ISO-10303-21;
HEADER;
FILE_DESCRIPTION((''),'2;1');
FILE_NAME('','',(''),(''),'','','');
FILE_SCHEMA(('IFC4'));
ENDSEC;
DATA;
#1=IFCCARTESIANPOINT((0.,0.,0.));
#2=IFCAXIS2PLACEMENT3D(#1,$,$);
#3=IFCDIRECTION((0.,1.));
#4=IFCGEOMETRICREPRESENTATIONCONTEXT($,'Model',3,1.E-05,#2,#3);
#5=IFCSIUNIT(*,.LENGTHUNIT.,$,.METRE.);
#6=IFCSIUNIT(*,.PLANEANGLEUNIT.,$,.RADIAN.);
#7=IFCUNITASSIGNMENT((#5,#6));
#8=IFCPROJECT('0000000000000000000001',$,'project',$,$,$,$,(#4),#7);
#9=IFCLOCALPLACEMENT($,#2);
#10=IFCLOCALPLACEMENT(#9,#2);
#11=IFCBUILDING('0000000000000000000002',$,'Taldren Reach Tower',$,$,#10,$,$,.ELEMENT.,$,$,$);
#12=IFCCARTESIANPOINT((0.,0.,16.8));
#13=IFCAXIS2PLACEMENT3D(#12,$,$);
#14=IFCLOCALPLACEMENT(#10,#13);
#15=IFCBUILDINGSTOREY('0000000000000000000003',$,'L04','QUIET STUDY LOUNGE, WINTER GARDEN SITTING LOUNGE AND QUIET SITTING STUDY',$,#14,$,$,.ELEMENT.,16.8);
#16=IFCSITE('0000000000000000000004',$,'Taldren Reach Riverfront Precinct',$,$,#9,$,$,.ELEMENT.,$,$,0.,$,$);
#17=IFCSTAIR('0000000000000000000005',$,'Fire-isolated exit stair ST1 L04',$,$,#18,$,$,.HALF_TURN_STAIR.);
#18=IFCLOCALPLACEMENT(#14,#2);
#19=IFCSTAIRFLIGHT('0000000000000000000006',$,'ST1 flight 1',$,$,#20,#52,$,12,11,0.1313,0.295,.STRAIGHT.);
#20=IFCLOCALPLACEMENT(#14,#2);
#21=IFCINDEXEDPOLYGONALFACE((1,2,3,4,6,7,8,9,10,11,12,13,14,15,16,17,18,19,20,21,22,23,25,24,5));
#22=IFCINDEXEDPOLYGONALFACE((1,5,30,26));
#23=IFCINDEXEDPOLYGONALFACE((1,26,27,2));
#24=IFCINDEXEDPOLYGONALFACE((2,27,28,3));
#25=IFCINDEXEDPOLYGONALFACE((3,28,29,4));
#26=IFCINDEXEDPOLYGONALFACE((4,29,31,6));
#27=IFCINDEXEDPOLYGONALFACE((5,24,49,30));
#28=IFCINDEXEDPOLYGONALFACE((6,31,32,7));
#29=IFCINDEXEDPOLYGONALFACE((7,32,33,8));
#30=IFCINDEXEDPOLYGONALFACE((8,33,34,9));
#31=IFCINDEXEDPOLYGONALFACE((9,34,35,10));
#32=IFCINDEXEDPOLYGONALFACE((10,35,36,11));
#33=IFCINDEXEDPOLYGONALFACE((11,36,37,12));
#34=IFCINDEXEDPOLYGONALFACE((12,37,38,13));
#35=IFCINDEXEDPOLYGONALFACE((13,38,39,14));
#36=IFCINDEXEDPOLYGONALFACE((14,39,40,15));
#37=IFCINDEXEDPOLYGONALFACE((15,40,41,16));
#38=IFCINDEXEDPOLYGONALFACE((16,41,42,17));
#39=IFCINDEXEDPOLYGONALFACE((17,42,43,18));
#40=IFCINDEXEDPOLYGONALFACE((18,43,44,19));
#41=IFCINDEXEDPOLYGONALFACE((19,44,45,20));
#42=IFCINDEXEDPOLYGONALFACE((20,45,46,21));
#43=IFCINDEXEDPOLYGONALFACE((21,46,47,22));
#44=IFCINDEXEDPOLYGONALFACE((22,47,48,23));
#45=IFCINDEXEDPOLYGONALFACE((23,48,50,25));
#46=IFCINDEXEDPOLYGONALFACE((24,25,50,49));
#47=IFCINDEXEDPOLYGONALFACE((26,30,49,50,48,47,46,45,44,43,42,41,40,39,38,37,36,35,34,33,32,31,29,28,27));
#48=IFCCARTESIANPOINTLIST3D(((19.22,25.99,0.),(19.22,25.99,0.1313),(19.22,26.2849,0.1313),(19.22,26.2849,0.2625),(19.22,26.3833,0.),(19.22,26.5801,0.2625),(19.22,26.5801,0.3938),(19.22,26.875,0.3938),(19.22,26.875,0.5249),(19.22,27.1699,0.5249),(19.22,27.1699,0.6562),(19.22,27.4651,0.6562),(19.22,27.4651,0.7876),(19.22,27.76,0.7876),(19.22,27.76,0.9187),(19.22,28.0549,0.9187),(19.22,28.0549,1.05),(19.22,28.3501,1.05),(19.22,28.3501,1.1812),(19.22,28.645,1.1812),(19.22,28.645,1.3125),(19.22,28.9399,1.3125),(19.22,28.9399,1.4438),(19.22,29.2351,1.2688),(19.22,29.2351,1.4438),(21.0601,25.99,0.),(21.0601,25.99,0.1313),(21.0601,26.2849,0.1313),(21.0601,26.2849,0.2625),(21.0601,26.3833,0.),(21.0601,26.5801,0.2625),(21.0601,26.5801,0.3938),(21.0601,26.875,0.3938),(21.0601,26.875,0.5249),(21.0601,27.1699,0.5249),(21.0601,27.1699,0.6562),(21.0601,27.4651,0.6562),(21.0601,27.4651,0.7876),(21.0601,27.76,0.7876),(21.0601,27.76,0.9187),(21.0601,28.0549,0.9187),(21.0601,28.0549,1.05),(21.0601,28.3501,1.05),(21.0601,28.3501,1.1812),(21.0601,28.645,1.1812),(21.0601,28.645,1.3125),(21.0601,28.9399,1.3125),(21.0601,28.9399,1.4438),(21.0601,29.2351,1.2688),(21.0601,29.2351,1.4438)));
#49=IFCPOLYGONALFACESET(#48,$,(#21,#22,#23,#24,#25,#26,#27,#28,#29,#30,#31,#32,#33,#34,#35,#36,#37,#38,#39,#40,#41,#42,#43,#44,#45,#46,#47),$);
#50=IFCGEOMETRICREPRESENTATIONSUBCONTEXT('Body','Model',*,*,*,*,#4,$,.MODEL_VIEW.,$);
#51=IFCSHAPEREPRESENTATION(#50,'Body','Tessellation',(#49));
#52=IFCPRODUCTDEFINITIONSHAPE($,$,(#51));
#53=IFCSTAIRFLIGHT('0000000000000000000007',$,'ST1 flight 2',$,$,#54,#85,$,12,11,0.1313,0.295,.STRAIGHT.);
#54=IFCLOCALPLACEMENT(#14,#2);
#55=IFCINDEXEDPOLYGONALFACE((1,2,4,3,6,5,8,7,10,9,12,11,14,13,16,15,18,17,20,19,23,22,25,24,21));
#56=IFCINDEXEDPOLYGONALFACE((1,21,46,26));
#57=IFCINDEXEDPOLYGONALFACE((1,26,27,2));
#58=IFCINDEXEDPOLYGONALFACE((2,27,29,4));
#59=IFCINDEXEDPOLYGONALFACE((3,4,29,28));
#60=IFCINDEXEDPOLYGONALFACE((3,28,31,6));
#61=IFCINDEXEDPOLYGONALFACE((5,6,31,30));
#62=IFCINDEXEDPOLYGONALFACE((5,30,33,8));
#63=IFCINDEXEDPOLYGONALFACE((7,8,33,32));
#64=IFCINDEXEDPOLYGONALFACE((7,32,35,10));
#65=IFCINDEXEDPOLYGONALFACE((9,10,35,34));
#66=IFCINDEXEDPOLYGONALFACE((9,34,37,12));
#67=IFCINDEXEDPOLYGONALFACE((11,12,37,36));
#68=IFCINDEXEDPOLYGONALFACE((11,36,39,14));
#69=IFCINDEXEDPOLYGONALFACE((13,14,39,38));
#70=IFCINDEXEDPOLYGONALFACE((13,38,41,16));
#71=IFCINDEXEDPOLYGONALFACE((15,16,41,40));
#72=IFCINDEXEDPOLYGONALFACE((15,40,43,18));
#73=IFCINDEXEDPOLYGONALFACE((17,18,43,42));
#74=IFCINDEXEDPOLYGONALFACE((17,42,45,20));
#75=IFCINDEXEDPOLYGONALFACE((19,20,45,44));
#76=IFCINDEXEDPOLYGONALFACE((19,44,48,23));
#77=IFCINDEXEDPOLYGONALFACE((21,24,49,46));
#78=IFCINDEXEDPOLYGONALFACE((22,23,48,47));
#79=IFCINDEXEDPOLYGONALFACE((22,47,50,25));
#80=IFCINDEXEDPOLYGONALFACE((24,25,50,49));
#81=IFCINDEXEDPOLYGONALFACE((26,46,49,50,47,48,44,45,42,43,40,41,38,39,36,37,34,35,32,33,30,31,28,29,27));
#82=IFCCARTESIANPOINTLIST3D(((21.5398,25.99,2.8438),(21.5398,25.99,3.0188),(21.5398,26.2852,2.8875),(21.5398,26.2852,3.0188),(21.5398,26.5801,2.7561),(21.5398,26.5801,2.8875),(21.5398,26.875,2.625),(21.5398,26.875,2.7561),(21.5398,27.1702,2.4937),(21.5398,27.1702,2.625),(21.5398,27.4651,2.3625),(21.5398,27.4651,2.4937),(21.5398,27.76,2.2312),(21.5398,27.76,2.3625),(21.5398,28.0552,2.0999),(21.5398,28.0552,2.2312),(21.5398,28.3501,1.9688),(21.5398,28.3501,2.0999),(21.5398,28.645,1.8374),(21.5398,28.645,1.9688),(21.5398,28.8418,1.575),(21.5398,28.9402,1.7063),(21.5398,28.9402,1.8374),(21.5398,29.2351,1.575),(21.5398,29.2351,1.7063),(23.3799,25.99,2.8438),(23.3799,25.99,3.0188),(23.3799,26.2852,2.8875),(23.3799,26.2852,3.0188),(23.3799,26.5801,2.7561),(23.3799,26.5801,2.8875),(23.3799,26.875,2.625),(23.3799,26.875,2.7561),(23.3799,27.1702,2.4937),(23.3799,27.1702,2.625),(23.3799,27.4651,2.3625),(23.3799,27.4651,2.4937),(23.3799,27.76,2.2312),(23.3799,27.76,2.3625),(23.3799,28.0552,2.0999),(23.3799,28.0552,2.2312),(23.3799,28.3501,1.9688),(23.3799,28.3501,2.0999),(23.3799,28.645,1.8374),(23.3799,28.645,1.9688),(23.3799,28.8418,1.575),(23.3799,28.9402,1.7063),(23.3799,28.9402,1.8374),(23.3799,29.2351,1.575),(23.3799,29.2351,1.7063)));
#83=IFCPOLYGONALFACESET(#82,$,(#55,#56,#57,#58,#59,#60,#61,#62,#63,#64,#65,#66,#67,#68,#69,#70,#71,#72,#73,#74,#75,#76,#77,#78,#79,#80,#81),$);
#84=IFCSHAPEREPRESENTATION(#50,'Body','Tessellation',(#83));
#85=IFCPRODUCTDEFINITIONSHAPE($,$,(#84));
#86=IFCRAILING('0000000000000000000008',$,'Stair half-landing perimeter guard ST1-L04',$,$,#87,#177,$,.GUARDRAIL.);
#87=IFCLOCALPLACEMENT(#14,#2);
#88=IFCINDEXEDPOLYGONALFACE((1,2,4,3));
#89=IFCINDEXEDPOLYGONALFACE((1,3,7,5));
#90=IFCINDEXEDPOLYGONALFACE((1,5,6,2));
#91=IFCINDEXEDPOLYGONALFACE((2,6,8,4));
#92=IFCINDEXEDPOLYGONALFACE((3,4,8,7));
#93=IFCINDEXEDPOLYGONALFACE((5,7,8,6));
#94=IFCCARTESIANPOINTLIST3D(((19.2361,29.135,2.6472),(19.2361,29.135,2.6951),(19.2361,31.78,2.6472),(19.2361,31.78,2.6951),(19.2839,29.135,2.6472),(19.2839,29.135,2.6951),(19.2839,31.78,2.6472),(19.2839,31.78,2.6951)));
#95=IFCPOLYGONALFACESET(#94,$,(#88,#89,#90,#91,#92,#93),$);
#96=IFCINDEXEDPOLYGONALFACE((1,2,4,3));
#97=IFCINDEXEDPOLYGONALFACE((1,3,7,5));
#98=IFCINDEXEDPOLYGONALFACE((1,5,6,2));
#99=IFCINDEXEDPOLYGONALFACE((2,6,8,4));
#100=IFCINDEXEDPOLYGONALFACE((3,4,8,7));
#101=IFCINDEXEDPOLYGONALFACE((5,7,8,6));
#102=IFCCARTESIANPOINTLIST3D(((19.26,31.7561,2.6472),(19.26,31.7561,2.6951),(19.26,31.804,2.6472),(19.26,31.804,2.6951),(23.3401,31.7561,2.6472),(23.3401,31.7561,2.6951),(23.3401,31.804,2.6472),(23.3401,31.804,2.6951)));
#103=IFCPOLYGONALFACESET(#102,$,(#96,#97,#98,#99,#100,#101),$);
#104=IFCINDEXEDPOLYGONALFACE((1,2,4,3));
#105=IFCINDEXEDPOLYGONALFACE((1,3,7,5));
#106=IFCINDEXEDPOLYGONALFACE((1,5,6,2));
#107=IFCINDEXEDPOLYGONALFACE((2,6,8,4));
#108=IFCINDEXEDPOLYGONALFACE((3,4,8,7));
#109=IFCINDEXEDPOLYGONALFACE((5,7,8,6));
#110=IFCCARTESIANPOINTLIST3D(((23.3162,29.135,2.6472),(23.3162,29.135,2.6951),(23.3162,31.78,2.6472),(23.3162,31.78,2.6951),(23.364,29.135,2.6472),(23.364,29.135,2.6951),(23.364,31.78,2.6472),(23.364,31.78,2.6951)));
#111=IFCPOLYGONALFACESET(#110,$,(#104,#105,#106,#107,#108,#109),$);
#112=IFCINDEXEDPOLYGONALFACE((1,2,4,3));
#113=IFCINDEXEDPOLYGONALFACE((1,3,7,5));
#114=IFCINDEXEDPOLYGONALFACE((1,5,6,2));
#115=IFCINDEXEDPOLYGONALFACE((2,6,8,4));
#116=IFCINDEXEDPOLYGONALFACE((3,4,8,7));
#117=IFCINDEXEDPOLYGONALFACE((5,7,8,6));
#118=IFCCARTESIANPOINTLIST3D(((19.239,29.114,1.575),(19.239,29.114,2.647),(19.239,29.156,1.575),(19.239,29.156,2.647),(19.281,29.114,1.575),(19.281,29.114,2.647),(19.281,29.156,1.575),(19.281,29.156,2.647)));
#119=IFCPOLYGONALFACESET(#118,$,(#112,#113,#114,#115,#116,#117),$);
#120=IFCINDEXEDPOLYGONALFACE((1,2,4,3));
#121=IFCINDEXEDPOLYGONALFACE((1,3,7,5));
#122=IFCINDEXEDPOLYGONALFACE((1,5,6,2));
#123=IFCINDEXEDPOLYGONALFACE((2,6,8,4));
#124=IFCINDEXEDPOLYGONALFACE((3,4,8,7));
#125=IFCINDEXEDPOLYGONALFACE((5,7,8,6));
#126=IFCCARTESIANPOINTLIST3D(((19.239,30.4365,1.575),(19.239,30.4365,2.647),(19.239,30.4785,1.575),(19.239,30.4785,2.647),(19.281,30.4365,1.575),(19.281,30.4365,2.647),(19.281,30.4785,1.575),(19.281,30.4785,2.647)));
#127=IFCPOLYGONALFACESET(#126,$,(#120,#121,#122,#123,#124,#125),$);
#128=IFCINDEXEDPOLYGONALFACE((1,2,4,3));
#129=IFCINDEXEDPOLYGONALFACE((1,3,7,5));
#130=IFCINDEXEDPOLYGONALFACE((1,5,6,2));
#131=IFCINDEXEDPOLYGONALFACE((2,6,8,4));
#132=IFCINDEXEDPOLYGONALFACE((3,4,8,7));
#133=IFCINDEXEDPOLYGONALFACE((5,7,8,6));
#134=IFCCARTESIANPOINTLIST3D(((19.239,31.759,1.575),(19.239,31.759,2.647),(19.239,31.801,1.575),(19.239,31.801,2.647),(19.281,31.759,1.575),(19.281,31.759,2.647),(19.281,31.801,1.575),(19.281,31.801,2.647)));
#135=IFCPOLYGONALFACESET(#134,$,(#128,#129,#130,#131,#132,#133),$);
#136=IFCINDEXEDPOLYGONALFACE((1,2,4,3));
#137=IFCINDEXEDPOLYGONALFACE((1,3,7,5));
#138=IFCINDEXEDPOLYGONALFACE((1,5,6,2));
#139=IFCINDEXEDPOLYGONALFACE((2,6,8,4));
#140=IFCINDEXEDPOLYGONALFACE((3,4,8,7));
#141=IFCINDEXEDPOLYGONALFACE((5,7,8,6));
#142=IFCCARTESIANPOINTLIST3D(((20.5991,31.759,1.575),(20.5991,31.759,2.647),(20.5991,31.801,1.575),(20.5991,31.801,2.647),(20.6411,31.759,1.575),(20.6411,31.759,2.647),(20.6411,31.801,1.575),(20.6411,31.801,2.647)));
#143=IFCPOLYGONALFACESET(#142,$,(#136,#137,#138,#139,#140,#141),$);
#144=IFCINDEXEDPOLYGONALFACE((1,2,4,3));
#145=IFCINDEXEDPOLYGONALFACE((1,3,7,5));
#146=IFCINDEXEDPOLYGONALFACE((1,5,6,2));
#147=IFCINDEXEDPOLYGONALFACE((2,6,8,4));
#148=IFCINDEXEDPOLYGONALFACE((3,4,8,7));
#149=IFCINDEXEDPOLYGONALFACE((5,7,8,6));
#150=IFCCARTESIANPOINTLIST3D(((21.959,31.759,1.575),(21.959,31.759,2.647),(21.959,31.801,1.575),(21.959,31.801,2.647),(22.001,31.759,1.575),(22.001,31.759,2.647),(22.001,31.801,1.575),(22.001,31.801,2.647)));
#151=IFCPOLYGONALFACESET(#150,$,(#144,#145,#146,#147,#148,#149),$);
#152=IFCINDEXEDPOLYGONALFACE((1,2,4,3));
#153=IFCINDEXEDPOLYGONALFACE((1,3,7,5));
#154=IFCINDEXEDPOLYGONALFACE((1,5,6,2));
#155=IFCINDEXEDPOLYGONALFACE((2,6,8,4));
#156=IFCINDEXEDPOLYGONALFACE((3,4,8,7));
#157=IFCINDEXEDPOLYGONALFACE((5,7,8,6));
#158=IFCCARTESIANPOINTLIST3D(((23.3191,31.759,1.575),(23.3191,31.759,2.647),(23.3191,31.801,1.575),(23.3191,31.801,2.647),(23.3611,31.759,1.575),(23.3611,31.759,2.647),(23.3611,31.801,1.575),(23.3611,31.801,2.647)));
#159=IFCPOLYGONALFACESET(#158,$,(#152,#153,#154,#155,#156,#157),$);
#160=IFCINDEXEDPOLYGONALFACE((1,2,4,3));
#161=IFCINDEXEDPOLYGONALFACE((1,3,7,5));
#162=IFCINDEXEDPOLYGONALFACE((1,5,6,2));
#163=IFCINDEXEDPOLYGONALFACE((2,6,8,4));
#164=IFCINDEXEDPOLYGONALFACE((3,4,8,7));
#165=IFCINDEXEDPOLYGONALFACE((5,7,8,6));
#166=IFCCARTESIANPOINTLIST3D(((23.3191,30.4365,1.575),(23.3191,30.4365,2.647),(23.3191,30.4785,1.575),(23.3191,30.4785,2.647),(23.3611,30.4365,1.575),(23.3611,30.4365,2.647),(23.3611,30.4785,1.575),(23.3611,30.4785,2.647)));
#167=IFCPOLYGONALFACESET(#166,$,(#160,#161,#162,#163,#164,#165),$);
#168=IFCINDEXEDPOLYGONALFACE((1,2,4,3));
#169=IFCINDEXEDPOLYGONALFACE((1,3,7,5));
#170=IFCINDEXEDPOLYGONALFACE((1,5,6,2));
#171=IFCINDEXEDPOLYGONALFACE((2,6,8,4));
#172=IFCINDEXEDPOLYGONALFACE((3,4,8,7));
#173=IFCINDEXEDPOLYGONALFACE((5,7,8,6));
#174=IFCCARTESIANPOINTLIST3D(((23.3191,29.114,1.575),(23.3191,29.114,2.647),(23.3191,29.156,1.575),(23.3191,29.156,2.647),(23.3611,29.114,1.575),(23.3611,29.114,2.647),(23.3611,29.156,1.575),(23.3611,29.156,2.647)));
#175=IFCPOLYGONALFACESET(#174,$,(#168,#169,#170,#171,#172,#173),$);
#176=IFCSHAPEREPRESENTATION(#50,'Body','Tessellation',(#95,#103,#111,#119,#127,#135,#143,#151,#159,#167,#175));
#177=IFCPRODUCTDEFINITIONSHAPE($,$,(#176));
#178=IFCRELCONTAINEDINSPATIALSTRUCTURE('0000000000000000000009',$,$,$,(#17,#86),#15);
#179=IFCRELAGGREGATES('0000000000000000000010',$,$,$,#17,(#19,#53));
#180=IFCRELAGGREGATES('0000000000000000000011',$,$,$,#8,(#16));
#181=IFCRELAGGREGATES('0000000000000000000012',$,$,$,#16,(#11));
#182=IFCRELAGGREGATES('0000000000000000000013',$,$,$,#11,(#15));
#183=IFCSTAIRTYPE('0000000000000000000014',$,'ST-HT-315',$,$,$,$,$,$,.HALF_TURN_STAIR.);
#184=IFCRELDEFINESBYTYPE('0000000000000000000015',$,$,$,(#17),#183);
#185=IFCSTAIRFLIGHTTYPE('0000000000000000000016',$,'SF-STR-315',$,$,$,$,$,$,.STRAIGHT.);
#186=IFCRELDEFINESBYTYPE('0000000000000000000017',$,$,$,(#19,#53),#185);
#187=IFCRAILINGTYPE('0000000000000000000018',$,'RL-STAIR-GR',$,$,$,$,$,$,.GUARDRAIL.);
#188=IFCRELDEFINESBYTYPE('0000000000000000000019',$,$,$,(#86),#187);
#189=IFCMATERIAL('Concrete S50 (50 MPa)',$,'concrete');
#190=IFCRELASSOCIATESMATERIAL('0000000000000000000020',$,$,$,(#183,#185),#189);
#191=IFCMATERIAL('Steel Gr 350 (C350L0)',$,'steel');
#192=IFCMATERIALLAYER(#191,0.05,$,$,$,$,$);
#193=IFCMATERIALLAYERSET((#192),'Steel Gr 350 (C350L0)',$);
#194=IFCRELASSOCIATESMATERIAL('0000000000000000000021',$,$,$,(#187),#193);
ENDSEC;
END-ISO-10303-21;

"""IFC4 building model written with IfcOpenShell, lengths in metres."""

from ifc_helpers import new_model, si_unit, direction, frame, origin, origin_2d, place, context, subcontext, project, spatial, polyline, rectangle, outline, extrude, material, layer, layer_set, type_object, element, aggregate, save


model = new_model("IFC4")

# Units and contexts
model_context = context("Model", 3, precision=1e-05, world=origin(), true_north=direction((0.0, 1.0)))
body_context = subcontext(model_context, "Body", "Model", "MODEL_VIEW")
ifc_project = project(units=[si_unit("LENGTHUNIT", "METRE"), si_unit("PLANEANGLEUNIT", "RADIAN")], contexts=[model_context])

# Site, building, storey
site_placement = place(None, origin())
site = spatial("IfcSite", under=ifc_project, at=site_placement, Name="Taldren Reach Riverfront Precinct", CompositionType="ELEMENT", RefElevation=0.0)
building_placement = place(site_placement, origin())
building = spatial("IfcBuilding", under=site, at=building_placement, Name="Taldren Reach Tower", CompositionType="ELEMENT")
storey_placement = place(building_placement, frame((0.0, 0.0, 16.8)))
storey = spatial("IfcBuildingStorey", under=building, at=storey_placement, Name="L04", Description="QUIET STUDY LOUNGE, WINTER GARDEN SITTING LOUNGE AND QUIET SITTING STUDY", CompositionType="ELEMENT", Elevation=16.8)

# Shared definitions
ifc_material_1 = material(Name="Steel Gr 350 (C350L0)", Category="steel")

# Shared definitions
ifc_material_2 = material(Name="Concrete S50 (50 MPa)", Category="concrete")

# Stair, stair flights
stair_type = type_object("IfcStairType", Name="ST-HT-315", PredefinedType="HALF_TURN_STAIR", material=ifc_material_2)
stair_placement = place(storey_placement, origin())
stair = element("IfcStair", 1, at=stair_placement, inside=storey, type_object=stair_type, Name="Fire-isolated exit stair ST1 L04", PredefinedType="HALF_TURN_STAIR")
stair_flight_type = type_object("IfcStairFlightType", Name="SF-STR-315", PredefinedType="STRAIGHT", material=ifc_material_2)
stair_flight_1_placement = place(storey_placement, frame((20.1399, 25.99, 0.0), z_axis=(0.0, 0.0, 1.0), x_axis=(0.0, 1.0, 0.0)))
stair_flight_1 = element("IfcStairFlight", 2, at=stair_flight_1_placement, type_object=stair_flight_type, Name="ST1 flight 1", NumberOfRisers=12, NumberOfTreads=11, PredefinedType="STRAIGHT", RiserHeight=0.1313, TreadLength=0.295, context=body_context, shape_type="SweptSolid", body=[
    extrude(outline(polyline([(0.0, 0.0), (0.0, 0.1313), (0.2949, 0.1313), (0.2949, 0.2625), (0.5901, 0.2625), (0.5901, 0.3938), (0.885, 0.3938), (0.885, 0.5249), (1.1799, 0.5249), (1.1799, 0.6562), (1.4751, 0.6562), (1.4751, 0.7876), (1.77, 0.7876), (1.77, 0.9187), (2.0649, 0.9187), (2.0649, 1.05), (2.3601, 1.05), (2.3601, 1.1812), (2.655, 1.1812), (2.655, 1.3125), (2.95, 1.3125), (2.95, 1.4438), (3.2451, 1.4438), (3.2451, 1.575), (3.2451, 1.2688), (0.3933, 0.0), (0.0, 0.0)])), frame((0.0, 0.9199, 0.0), z_axis=(0.0, -1.0, 0.0), x_axis=(1.0, 0.0, 0.0)), (0.0, 0.0, 1.0), 1.8401),
])
stair_flight_2_placement = place(storey_placement, frame((22.46, 29.2351, 1.575), z_axis=(0.0, 0.0, 1.0), x_axis=(0.0, -1.0, 0.0)))
stair_flight_2 = element("IfcStairFlight", 3, at=stair_flight_2_placement, type_object=stair_flight_type, Name="ST1 flight 2", NumberOfRisers=12, NumberOfTreads=11, PredefinedType="STRAIGHT", RiserHeight=0.1313, TreadLength=0.295, context=body_context, shape_type="SweptSolid", body=[
    extrude(outline(polyline([(0.0, 0.0), (0.0, 0.1313), (0.2949, 0.1313), (0.2949, 0.2625), (0.5901, 0.2625), (0.5901, 0.3938), (0.885, 0.3938), (0.885, 0.5249), (1.1799, 0.5249), (1.1799, 0.6562), (1.4751, 0.6562), (1.4751, 0.7876), (1.77, 0.7876), (1.77, 0.9187), (2.0649, 0.9187), (2.0649, 1.05), (2.3601, 1.05), (2.3601, 1.1812), (2.655, 1.1812), (2.655, 1.3125), (2.95, 1.3125), (2.95, 1.4438), (3.2451, 1.4438), (3.2451, 1.575), (3.2451, 1.2688), (0.3933, 0.0), (0.0, 0.0)])), frame((0.0, 0.9199, 0.0), z_axis=(0.0, -1.0, 0.0), x_axis=(1.0, 0.0, 0.0)), (0.0, 0.0, 1.0), 1.8401),
])
aggregate(stair, [stair_flight_1, stair_flight_2])

# Railing
ifc_layer_1 = layer(ifc_material_1, 0.05)
ifc_layer_set_1 = layer_set([ifc_layer_1], Name="Steel Gr 350 (C350L0)")
railing_type_1 = type_object("IfcRailingType", Name="RL-STAIR-GR", PredefinedType="GUARDRAIL", material=ifc_layer_set_1)
railing_1_placement = place(storey_placement, frame((19.26, 29.135, 1.575)))
element("IfcRailing", 4, at=railing_1_placement, inside=storey, type_object=railing_type_1, Name="Stair half-landing perimeter guard ST1-L04", PredefinedType="GUARDRAIL", context=body_context, shape_type="SweptSolid", body=[
    extrude(rectangle(XDim=0.0479, YDim=0.0479, at=origin_2d()), frame((0.0, 0.0, 1.0962), z_axis=(0.0, 1.0, 0.0), x_axis=(-1.0, 0.0, 0.0)), (0.0, 0.0, 1.0), 2.645),
    extrude(rectangle(XDim=0.0479, YDim=0.0479, at=origin_2d()), frame((0.0, 2.645, 1.0962), z_axis=(1.0, 0.0, 0.0), x_axis=(0.0, 1.0, 0.0)), (0.0, 0.0, 1.0), 4.0801),
    extrude(rectangle(XDim=0.0479, YDim=0.0479, at=origin_2d()), frame((4.0801, 2.645, 1.0962), z_axis=(0.0, -1.0, 0.0), x_axis=(1.0, 0.0, 0.0)), (0.0, 0.0, 1.0), 2.645),
    extrude(rectangle(XDim=0.042, YDim=0.042, at=origin_2d()), origin(), (0.0, 0.0, 1.0), 1.072),
    extrude(rectangle(XDim=0.042, YDim=0.042, at=origin_2d()), frame((0.0, 1.3225, 0.0)), (0.0, 0.0, 1.0), 1.072),
    extrude(rectangle(XDim=0.042, YDim=0.042, at=origin_2d()), frame((0.0, 2.645, 0.0)), (0.0, 0.0, 1.0), 1.072),
    extrude(rectangle(XDim=0.042, YDim=0.042, at=origin_2d()), frame((1.3601, 2.645, 0.0)), (0.0, 0.0, 1.0), 1.072),
    extrude(rectangle(XDim=0.042, YDim=0.042, at=origin_2d()), frame((2.72, 2.645, 0.0)), (0.0, 0.0, 1.0), 1.072),
    extrude(rectangle(XDim=0.042, YDim=0.042, at=origin_2d()), frame((4.0801, 2.645, 0.0)), (0.0, 0.0, 1.0), 1.072),
    extrude(rectangle(XDim=0.042, YDim=0.042, at=origin_2d()), frame((4.0801, 1.3225, 0.0)), (0.0, 0.0, 1.0), 1.072),
    extrude(rectangle(XDim=0.042, YDim=0.042, at=origin_2d()), frame((4.0801, 0.0, 0.0)), (0.0, 0.0, 1.0), 1.072),
])

save(model, "model.ifc")
